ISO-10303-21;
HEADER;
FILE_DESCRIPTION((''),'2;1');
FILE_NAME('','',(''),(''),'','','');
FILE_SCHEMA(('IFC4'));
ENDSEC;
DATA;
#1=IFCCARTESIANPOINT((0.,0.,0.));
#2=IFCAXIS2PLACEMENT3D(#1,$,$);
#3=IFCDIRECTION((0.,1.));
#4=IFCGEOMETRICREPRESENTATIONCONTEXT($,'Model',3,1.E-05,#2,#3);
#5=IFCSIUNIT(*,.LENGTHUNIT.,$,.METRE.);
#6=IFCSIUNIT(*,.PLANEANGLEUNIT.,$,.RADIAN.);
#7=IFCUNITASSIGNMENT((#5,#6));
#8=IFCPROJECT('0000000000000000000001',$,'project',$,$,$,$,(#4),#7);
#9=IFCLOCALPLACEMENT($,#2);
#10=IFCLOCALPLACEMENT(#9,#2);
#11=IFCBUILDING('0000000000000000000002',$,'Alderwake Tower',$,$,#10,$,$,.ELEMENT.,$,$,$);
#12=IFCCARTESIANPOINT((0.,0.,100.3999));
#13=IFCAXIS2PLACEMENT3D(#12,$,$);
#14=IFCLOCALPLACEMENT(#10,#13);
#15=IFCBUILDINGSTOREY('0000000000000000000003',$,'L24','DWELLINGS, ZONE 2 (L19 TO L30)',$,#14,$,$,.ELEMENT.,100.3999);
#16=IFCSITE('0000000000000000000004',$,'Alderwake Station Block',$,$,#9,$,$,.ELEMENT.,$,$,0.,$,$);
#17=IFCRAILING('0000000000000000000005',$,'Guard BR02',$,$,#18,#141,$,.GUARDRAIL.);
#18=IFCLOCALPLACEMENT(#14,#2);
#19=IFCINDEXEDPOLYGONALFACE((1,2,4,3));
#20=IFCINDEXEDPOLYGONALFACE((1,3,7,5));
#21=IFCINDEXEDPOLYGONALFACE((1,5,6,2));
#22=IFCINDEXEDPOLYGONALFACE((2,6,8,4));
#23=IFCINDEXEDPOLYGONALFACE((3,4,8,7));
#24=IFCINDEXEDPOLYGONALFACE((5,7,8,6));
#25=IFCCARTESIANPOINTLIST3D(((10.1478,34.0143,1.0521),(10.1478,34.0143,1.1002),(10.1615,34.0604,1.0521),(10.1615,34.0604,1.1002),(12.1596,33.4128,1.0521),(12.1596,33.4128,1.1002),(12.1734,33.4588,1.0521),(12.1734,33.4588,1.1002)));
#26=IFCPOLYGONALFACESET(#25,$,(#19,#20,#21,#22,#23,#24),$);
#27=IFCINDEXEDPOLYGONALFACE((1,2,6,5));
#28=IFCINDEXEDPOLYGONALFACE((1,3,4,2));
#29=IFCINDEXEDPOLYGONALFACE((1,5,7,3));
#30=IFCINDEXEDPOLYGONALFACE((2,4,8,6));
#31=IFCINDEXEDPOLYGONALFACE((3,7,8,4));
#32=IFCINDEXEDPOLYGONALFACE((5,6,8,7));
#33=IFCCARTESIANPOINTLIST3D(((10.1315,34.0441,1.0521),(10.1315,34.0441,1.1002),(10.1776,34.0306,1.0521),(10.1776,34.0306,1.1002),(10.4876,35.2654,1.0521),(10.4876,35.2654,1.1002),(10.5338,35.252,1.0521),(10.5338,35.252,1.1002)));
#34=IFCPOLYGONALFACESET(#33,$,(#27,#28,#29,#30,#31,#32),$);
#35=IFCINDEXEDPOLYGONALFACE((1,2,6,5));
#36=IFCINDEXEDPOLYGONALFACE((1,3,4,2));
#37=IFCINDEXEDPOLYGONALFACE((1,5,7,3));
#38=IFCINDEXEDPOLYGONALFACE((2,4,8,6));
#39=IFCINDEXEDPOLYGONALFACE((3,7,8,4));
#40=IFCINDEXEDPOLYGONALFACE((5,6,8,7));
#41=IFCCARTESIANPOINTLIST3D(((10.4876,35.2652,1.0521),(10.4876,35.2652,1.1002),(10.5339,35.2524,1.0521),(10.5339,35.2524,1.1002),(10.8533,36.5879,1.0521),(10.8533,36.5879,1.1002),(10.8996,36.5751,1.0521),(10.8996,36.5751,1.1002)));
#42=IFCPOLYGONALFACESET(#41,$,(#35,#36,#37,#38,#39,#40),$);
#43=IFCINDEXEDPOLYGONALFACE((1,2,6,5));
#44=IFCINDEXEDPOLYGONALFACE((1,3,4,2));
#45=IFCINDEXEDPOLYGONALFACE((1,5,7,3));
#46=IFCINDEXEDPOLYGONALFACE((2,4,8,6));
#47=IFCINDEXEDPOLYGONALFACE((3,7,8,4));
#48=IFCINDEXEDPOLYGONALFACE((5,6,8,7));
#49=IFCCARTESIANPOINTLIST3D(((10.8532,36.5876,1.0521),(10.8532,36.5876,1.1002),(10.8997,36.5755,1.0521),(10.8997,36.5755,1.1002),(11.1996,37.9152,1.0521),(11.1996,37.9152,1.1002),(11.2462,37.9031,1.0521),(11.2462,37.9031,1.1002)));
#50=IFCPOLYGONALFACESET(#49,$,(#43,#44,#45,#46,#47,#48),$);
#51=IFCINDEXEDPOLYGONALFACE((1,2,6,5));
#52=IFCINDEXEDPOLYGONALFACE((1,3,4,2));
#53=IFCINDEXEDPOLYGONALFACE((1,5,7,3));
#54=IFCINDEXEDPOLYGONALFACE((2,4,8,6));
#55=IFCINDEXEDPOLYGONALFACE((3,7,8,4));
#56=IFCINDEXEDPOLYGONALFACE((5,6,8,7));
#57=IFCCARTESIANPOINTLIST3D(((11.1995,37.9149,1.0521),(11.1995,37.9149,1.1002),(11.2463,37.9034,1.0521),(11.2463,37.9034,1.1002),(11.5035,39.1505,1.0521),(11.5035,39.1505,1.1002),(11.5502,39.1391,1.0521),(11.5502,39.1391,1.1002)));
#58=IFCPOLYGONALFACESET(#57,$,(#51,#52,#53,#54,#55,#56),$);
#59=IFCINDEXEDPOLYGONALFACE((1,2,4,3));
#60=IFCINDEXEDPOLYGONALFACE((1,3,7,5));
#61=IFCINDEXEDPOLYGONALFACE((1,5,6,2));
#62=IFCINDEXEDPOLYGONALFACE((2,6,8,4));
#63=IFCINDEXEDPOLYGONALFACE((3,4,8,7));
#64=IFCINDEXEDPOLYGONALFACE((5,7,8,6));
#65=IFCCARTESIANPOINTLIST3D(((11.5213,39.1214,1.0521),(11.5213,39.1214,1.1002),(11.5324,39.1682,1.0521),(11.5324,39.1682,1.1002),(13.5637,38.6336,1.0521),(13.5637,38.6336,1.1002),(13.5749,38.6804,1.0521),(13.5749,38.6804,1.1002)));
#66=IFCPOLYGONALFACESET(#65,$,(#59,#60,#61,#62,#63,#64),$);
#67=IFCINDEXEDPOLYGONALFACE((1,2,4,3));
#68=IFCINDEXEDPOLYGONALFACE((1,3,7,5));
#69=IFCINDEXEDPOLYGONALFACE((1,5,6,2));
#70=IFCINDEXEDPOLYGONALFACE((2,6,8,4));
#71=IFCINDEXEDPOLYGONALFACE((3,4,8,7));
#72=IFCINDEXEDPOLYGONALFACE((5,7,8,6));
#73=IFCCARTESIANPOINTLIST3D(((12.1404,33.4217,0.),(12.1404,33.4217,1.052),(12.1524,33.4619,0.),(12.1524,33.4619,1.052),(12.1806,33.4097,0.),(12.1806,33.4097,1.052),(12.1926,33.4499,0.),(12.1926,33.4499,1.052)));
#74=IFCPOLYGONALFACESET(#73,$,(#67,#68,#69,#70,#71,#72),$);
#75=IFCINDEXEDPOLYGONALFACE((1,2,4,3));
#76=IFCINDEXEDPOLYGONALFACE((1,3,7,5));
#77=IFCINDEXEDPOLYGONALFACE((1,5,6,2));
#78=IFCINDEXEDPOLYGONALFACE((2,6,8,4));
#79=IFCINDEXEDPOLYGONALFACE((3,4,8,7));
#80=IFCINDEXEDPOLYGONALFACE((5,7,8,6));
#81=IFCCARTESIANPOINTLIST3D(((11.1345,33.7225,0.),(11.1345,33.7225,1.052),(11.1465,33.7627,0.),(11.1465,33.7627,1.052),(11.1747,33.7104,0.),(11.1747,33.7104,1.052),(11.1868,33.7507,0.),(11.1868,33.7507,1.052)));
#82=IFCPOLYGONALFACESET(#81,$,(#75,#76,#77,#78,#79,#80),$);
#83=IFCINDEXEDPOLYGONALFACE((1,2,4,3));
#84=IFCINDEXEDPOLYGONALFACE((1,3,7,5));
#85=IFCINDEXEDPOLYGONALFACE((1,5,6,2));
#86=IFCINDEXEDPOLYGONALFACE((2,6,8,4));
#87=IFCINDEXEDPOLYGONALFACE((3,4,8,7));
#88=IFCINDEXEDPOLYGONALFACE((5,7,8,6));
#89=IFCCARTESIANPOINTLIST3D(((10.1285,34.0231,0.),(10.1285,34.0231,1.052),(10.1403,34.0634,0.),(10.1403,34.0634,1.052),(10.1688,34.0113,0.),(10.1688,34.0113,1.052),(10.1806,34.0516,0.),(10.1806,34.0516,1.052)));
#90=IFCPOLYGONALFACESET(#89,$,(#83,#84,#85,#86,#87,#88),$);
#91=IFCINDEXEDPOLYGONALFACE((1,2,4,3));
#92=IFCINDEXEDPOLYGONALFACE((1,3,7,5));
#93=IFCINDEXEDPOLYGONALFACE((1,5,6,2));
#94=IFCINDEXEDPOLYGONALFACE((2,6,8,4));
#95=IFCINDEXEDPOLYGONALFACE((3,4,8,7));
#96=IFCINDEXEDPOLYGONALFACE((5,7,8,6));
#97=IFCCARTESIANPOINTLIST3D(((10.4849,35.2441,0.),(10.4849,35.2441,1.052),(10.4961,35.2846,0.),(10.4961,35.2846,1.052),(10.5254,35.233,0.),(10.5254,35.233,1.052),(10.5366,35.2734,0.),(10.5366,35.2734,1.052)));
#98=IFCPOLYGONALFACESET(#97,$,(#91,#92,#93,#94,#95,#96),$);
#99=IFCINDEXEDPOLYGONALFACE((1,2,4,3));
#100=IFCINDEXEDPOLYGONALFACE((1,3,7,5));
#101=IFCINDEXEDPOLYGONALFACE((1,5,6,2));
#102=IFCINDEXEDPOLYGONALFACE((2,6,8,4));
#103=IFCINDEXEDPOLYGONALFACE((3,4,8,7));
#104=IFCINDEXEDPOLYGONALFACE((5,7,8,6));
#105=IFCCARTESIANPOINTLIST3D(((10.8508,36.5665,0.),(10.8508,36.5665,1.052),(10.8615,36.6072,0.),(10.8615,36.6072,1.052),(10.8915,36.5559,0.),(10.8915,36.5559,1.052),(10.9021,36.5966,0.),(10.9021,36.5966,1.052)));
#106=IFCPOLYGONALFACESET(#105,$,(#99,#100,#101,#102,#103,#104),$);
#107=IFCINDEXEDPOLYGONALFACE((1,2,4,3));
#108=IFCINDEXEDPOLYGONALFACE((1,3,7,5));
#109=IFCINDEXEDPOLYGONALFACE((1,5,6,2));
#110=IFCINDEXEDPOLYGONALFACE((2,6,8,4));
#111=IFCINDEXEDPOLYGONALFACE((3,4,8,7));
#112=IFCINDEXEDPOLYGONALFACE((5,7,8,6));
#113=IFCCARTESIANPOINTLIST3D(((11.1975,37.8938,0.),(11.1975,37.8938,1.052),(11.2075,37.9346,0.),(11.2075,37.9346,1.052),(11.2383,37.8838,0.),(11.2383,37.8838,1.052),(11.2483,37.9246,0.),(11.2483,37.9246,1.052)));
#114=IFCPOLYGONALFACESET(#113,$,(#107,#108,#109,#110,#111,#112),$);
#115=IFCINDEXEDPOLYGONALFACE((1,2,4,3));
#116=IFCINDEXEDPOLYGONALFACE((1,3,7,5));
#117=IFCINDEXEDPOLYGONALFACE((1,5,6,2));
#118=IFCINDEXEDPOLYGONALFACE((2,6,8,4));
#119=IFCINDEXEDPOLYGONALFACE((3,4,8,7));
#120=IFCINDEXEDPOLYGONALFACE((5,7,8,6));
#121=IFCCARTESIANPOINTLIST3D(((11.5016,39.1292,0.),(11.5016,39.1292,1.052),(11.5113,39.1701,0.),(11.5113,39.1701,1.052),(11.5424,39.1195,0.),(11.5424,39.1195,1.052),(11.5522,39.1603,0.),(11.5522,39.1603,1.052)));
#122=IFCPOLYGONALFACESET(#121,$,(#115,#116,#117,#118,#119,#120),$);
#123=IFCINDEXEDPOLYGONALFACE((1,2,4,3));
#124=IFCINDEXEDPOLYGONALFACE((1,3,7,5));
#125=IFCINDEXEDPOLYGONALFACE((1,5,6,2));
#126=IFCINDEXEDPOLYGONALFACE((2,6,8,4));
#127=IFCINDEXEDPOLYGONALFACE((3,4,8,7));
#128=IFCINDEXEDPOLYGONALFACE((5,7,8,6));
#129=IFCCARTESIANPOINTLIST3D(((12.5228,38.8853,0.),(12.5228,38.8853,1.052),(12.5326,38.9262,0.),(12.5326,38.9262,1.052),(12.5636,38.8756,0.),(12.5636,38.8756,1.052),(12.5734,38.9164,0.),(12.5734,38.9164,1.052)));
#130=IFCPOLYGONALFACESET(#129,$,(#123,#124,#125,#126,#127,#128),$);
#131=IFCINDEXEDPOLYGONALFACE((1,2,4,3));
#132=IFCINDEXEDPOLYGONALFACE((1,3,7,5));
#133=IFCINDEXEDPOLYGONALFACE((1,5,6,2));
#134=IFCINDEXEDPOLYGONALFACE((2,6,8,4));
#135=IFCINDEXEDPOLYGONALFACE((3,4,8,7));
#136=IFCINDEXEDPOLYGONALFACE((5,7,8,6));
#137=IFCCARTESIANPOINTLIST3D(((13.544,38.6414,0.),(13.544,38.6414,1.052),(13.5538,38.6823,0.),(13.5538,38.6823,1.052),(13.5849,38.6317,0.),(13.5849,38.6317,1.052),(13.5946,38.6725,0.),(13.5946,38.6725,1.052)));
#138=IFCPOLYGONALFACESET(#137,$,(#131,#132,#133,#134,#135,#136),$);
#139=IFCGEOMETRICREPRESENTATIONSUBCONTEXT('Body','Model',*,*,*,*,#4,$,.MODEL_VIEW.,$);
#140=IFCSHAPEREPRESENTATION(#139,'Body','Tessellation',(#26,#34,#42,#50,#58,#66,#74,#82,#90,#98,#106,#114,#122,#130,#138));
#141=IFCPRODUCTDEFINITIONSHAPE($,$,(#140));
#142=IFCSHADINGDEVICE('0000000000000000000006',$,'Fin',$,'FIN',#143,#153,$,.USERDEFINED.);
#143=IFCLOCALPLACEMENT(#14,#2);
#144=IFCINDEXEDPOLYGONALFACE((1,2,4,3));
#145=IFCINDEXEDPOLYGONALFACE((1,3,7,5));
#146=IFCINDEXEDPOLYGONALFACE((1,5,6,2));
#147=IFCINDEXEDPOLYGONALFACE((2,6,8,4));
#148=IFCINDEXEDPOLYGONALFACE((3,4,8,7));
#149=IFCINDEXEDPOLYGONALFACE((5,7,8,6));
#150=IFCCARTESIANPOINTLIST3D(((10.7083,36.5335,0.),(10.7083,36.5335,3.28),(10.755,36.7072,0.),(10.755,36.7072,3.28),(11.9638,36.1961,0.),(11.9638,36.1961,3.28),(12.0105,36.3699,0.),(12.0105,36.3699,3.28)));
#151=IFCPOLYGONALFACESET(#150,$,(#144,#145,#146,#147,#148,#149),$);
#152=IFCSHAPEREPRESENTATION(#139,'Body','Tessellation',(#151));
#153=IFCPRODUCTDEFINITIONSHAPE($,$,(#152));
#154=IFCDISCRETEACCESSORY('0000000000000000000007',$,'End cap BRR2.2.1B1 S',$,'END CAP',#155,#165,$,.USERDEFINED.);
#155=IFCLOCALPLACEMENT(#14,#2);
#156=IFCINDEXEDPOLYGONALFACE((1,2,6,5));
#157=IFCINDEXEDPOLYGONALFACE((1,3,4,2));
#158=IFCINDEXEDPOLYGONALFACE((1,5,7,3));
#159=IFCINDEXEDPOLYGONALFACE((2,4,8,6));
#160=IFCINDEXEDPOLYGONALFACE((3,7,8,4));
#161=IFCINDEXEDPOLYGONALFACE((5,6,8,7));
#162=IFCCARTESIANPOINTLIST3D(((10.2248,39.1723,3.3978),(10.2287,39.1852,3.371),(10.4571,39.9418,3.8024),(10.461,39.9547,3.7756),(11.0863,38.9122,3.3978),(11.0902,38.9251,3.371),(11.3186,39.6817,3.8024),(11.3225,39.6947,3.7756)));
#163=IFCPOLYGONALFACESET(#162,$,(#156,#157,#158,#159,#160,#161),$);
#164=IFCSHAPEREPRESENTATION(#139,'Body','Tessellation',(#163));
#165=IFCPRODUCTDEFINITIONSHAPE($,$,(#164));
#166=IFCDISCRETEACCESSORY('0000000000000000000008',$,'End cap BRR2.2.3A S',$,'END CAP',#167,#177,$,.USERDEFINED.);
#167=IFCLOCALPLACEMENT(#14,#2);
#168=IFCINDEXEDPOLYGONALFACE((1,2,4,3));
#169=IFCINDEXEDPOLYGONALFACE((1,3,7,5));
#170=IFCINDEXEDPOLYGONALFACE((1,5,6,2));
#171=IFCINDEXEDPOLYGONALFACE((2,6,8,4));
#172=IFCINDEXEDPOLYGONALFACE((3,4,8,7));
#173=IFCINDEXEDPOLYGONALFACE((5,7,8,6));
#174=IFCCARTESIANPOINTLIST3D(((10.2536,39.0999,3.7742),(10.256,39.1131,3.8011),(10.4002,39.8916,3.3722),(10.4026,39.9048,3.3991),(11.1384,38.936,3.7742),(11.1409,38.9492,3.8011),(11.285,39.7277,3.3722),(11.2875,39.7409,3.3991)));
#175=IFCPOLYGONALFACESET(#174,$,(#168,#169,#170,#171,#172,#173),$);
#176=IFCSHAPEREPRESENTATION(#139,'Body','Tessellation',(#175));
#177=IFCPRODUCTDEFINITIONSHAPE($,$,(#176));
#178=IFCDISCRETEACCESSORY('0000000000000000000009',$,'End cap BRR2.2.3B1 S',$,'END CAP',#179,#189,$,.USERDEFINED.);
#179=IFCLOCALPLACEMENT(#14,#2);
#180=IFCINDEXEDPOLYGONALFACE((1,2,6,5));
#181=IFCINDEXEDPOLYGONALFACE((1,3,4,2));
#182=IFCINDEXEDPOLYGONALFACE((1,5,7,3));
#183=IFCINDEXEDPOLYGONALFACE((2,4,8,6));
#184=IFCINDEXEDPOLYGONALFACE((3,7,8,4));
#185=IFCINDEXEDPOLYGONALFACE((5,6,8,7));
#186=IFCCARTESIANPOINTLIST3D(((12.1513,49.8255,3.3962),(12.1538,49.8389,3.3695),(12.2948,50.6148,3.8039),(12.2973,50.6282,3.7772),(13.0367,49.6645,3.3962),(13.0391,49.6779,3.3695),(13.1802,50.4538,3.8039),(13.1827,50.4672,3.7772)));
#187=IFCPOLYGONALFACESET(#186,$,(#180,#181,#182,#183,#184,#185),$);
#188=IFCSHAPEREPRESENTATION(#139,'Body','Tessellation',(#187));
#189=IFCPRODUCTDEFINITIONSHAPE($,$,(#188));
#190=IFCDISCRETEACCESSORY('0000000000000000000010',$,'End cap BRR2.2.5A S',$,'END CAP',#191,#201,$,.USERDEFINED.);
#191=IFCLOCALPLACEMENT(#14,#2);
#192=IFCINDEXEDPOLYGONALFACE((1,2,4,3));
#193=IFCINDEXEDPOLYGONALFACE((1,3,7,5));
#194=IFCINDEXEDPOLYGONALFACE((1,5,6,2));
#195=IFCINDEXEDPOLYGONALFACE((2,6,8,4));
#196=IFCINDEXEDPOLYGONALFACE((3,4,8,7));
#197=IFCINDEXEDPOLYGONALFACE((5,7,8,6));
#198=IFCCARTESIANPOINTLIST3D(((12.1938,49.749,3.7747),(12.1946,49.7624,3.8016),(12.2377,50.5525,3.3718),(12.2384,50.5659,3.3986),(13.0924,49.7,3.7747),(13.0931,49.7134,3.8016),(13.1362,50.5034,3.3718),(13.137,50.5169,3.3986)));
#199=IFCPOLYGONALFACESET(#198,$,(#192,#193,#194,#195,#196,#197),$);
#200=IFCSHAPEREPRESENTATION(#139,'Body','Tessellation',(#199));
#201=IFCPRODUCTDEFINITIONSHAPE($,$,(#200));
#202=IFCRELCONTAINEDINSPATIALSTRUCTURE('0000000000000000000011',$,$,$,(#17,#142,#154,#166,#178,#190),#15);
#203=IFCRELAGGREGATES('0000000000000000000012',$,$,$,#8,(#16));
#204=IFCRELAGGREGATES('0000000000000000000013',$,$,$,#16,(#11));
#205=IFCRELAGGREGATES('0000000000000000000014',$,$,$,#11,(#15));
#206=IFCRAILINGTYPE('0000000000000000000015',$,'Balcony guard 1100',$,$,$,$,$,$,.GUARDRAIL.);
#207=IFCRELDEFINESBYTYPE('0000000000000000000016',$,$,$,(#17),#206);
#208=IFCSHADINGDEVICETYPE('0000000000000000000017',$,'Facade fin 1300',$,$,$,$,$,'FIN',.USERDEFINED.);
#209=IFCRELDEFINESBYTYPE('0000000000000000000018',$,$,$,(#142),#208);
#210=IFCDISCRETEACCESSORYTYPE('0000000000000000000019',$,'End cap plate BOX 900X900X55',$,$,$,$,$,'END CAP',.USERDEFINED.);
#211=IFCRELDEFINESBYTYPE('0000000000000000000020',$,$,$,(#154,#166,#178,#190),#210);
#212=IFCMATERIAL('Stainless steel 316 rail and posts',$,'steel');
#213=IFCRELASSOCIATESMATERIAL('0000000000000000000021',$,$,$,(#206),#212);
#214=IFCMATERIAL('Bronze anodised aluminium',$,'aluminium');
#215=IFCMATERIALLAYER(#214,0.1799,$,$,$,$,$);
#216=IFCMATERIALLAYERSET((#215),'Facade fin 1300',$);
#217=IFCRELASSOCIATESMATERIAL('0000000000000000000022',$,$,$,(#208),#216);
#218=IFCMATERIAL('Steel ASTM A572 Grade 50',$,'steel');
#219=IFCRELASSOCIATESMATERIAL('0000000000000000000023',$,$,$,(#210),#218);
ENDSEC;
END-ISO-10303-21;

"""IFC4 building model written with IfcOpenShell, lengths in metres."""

from ifc_helpers import new_model, si_unit, direction, frame, origin, origin_2d, place, context, subcontext, project, spatial, rectangle, extrude, material, layer, layer_set, material_profile, profile_set, type_object, element, save


model = new_model("IFC4")

# Units and contexts
model_context = context("Model", 3, precision=1e-05, world=origin(), true_north=direction((0.0, 1.0)))
body_context = subcontext(model_context, "Body", "Model", "MODEL_VIEW")
ifc_project = project(units=[si_unit("LENGTHUNIT", "METRE"), si_unit("PLANEANGLEUNIT", "RADIAN")], contexts=[model_context])

# Site, building, storey
site_placement = place(None, origin())
site = spatial("IfcSite", under=ifc_project, at=site_placement, Name="Alderwake Station Block", CompositionType="ELEMENT", RefElevation=0.0)
building_placement = place(site_placement, origin())
building = spatial("IfcBuilding", under=site, at=building_placement, Name="Alderwake Tower", CompositionType="ELEMENT")
storey_placement = place(building_placement, frame((0.0, 0.0, 100.3999)))
storey = spatial("IfcBuildingStorey", under=building, at=storey_placement, Name="L24", Description="DWELLINGS, ZONE 2 (L19 TO L30)", CompositionType="ELEMENT", Elevation=100.3999)

# Railing
ifc_material_1 = material(Name="Stainless steel 316 rail and posts", Category="steel")
railing_type = type_object("IfcRailingType", Name="Balcony guard 1100", PredefinedType="GUARDRAIL", material=ifc_material_1)
railing_placement = place(storey_placement, frame((12.1665, 33.4358, 0.0)))
element("IfcRailing", 1, at=railing_placement, inside=storey, type_object=railing_type, Name="Guard BR02", PredefinedType="GUARDRAIL", context=body_context, shape_type="SweptSolid", body=[
    extrude(rectangle(XDim=0.0481, YDim=0.0481, at=origin_2d()), frame((0.0, 0.0, 1.0762), z_axis=(-0.958091, 0.286462, 0.0), x_axis=(-0.286462, -0.958091, 0.0)), (0.0, 0.0, 1.0), 2.0999),
    extrude(rectangle(XDim=0.0481, YDim=0.0481, at=origin_2d()), frame((-2.012, 0.6016, 1.0762), z_axis=(0.279963, 0.960011, 0.0), x_axis=(-0.960011, 0.279963, 0.0)), (0.0, 0.0, 1.0), 1.2722),
    extrude(rectangle(XDim=0.0481, YDim=0.0481, at=origin_2d()), frame((-1.6558, 1.823, 1.0762), z_axis=(0.266488, 0.963838, 0.0), x_axis=(-0.963838, 0.266488, 0.0)), (0.0, 0.0, 1.0), 1.3723),
    extrude(rectangle(XDim=0.0481, YDim=0.0481, at=origin_2d()), frame((-1.29, 3.1458, 1.0762), z_axis=(0.252487, 0.9676, 0.0), x_axis=(-0.9676, 0.252487, 0.0)), (0.0, 0.0, 1.0), 1.3721),
    extrude(rectangle(XDim=0.0481, YDim=0.0481, at=origin_2d()), frame((-0.9436, 4.4734, 1.0762), z_axis=(0.238877, 0.97105, 0.0), x_axis=(-0.97105, 0.238877, 0.0)), (0.0, 0.0, 1.0), 1.2725),
    extrude(rectangle(XDim=0.0481, YDim=0.0481, at=origin_2d()), frame((-0.6396, 5.709, 1.0762), z_axis=(0.972646, -0.232291, 0.0), x_axis=(0.232291, 0.972646, 0.0)), (0.0, 0.0, 1.0), 2.0999),
    extrude(rectangle(XDim=0.042, YDim=0.042, at=origin_2d()), frame((0.0, 0.0, 0.0), z_axis=(0.0, 0.0, 1.0), x_axis=(-0.958091, 0.286462, 0.0)), (0.0, 0.0, 1.0), 1.052),
    extrude(rectangle(XDim=0.042, YDim=0.042, at=origin_2d()), frame((-1.0059, 0.3008, 0.0), z_axis=(0.0, 0.0, 1.0), x_axis=(-0.958091, 0.286462, 0.0)), (0.0, 0.0, 1.0), 1.052),
    extrude(rectangle(XDim=0.042, YDim=0.042, at=origin_2d()), frame((-2.012, 0.6016, 0.0), z_axis=(0.0, 0.0, 1.0), x_axis=(0.279963, 0.960011, 0.0)), (0.0, 0.0, 1.0), 1.052),
    extrude(rectangle(XDim=0.042, YDim=0.042, at=origin_2d()), frame((-1.6558, 1.823, 0.0), z_axis=(0.0, 0.0, 1.0), x_axis=(0.266488, 0.963838, 0.0)), (0.0, 0.0, 1.0), 1.052),
    extrude(rectangle(XDim=0.042, YDim=0.042, at=origin_2d()), frame((-1.29, 3.1458, 0.0), z_axis=(0.0, 0.0, 1.0), x_axis=(0.252487, 0.9676, 0.0)), (0.0, 0.0, 1.0), 1.052),
    extrude(rectangle(XDim=0.042, YDim=0.042, at=origin_2d()), frame((-0.9436, 4.4734, 0.0), z_axis=(0.0, 0.0, 1.0), x_axis=(0.238877, 0.97105, 0.0)), (0.0, 0.0, 1.0), 1.052),
    extrude(rectangle(XDim=0.042, YDim=0.042, at=origin_2d()), frame((-0.6396, 5.709, 0.0), z_axis=(0.0, 0.0, 1.0), x_axis=(0.972646, -0.232291, 0.0)), (0.0, 0.0, 1.0), 1.052),
    extrude(rectangle(XDim=0.042, YDim=0.042, at=origin_2d()), frame((0.3816, 5.4651, 0.0), z_axis=(0.0, 0.0, 1.0), x_axis=(0.972646, -0.232291, 0.0)), (0.0, 0.0, 1.0), 1.052),
    extrude(rectangle(XDim=0.042, YDim=0.042, at=origin_2d()), frame((1.4028, 5.2212, 0.0), z_axis=(0.0, 0.0, 1.0), x_axis=(0.972646, -0.232291, 0.0)), (0.0, 0.0, 1.0), 1.052),
])

# Shading device
ifc_material_2 = material(Name="Bronze anodised aluminium", Category="aluminium")
ifc_layer_1 = layer(ifc_material_2, 0.1799)
ifc_layer_set_1 = layer_set([ifc_layer_1], Name="Facade fin 1300")
shading_device_type = type_object("IfcShadingDeviceType", Name="Facade fin 1300", ElementType="FIN", PredefinedType="USERDEFINED", material=ifc_layer_set_1)
shading_device_placement = place(storey_placement, frame((11.3594, 36.4517, 0.0), z_axis=(0.0, 0.0, 1.0), x_axis=(0.965744, -0.259495, 0.0)))
element("IfcShadingDevice", 2, at=shading_device_placement, inside=storey, type_object=shading_device_type, Name="Fin", ObjectType="FIN", PredefinedType="USERDEFINED", context=body_context, shape_type="SweptSolid", body=[
    extrude(rectangle(XDim=1.3, YDim=0.1799, at=origin_2d()), origin(), (0.0, 0.0, 1.0), 3.28),
])

# Discrete accessories
ifc_material_3 = material(Name="Steel ASTM A572 Grade 50", Category="steel")
ifc_material_profile_1 = material_profile(ifc_material_3, rectangle(XDim=0.8999, YDim=0.8999, at=origin_2d()), Name="BOX 900X900X55 cap")
ifc_profile_set_1 = profile_set([ifc_material_profile_1], Name="Steel ASTM A572 Grade 50")
discrete_accessory_type = type_object("IfcDiscreteAccessoryType", Name="End cap plate BOX 900X900X55", ElementType="END CAP", PredefinedType="USERDEFINED", material=ifc_profile_set_1)
for number, where, z_axis, x_axis, name in (
    (3, (10.7717, 39.427, 3.6001), (0.129927, 0.430383, -0.893247), (-0.957328, 0.289005, 0.0), "End cap BRR2.2.1B1 S"),
    (4, (10.7717, 39.427, 3.6001), (-0.081336, -0.439213, -0.894693), (0.983282, -0.182089, 0.0), "End cap BRR2.2.3A S"),
    (5, (12.6658, 50.1396, 3.6001), (0.081044, 0.445742, -0.891485), (-0.98387, 0.178885, 0.0), "End cap BRR2.2.3B1 S"),
    (6, (12.6658, 50.1396, 3.6001), (-0.024386, -0.447081, -0.894161), (0.998516, -0.054464, 0.0), "End cap BRR2.2.5A S"),
):
    element("IfcDiscreteAccessory", number, at=place(storey_placement, frame(where, z_axis=z_axis, x_axis=x_axis)), inside=storey, type_object=discrete_accessory_type, Name=name, ObjectType="END CAP", PredefinedType="USERDEFINED", context=body_context, shape_type="SweptSolid", body=[
        extrude(rectangle(XDim=0.8999, YDim=0.8999, at=origin_2d()), origin(), (0.0, 0.0, 1.0), 0.03),
    ])

save(model, "model.ifc")
